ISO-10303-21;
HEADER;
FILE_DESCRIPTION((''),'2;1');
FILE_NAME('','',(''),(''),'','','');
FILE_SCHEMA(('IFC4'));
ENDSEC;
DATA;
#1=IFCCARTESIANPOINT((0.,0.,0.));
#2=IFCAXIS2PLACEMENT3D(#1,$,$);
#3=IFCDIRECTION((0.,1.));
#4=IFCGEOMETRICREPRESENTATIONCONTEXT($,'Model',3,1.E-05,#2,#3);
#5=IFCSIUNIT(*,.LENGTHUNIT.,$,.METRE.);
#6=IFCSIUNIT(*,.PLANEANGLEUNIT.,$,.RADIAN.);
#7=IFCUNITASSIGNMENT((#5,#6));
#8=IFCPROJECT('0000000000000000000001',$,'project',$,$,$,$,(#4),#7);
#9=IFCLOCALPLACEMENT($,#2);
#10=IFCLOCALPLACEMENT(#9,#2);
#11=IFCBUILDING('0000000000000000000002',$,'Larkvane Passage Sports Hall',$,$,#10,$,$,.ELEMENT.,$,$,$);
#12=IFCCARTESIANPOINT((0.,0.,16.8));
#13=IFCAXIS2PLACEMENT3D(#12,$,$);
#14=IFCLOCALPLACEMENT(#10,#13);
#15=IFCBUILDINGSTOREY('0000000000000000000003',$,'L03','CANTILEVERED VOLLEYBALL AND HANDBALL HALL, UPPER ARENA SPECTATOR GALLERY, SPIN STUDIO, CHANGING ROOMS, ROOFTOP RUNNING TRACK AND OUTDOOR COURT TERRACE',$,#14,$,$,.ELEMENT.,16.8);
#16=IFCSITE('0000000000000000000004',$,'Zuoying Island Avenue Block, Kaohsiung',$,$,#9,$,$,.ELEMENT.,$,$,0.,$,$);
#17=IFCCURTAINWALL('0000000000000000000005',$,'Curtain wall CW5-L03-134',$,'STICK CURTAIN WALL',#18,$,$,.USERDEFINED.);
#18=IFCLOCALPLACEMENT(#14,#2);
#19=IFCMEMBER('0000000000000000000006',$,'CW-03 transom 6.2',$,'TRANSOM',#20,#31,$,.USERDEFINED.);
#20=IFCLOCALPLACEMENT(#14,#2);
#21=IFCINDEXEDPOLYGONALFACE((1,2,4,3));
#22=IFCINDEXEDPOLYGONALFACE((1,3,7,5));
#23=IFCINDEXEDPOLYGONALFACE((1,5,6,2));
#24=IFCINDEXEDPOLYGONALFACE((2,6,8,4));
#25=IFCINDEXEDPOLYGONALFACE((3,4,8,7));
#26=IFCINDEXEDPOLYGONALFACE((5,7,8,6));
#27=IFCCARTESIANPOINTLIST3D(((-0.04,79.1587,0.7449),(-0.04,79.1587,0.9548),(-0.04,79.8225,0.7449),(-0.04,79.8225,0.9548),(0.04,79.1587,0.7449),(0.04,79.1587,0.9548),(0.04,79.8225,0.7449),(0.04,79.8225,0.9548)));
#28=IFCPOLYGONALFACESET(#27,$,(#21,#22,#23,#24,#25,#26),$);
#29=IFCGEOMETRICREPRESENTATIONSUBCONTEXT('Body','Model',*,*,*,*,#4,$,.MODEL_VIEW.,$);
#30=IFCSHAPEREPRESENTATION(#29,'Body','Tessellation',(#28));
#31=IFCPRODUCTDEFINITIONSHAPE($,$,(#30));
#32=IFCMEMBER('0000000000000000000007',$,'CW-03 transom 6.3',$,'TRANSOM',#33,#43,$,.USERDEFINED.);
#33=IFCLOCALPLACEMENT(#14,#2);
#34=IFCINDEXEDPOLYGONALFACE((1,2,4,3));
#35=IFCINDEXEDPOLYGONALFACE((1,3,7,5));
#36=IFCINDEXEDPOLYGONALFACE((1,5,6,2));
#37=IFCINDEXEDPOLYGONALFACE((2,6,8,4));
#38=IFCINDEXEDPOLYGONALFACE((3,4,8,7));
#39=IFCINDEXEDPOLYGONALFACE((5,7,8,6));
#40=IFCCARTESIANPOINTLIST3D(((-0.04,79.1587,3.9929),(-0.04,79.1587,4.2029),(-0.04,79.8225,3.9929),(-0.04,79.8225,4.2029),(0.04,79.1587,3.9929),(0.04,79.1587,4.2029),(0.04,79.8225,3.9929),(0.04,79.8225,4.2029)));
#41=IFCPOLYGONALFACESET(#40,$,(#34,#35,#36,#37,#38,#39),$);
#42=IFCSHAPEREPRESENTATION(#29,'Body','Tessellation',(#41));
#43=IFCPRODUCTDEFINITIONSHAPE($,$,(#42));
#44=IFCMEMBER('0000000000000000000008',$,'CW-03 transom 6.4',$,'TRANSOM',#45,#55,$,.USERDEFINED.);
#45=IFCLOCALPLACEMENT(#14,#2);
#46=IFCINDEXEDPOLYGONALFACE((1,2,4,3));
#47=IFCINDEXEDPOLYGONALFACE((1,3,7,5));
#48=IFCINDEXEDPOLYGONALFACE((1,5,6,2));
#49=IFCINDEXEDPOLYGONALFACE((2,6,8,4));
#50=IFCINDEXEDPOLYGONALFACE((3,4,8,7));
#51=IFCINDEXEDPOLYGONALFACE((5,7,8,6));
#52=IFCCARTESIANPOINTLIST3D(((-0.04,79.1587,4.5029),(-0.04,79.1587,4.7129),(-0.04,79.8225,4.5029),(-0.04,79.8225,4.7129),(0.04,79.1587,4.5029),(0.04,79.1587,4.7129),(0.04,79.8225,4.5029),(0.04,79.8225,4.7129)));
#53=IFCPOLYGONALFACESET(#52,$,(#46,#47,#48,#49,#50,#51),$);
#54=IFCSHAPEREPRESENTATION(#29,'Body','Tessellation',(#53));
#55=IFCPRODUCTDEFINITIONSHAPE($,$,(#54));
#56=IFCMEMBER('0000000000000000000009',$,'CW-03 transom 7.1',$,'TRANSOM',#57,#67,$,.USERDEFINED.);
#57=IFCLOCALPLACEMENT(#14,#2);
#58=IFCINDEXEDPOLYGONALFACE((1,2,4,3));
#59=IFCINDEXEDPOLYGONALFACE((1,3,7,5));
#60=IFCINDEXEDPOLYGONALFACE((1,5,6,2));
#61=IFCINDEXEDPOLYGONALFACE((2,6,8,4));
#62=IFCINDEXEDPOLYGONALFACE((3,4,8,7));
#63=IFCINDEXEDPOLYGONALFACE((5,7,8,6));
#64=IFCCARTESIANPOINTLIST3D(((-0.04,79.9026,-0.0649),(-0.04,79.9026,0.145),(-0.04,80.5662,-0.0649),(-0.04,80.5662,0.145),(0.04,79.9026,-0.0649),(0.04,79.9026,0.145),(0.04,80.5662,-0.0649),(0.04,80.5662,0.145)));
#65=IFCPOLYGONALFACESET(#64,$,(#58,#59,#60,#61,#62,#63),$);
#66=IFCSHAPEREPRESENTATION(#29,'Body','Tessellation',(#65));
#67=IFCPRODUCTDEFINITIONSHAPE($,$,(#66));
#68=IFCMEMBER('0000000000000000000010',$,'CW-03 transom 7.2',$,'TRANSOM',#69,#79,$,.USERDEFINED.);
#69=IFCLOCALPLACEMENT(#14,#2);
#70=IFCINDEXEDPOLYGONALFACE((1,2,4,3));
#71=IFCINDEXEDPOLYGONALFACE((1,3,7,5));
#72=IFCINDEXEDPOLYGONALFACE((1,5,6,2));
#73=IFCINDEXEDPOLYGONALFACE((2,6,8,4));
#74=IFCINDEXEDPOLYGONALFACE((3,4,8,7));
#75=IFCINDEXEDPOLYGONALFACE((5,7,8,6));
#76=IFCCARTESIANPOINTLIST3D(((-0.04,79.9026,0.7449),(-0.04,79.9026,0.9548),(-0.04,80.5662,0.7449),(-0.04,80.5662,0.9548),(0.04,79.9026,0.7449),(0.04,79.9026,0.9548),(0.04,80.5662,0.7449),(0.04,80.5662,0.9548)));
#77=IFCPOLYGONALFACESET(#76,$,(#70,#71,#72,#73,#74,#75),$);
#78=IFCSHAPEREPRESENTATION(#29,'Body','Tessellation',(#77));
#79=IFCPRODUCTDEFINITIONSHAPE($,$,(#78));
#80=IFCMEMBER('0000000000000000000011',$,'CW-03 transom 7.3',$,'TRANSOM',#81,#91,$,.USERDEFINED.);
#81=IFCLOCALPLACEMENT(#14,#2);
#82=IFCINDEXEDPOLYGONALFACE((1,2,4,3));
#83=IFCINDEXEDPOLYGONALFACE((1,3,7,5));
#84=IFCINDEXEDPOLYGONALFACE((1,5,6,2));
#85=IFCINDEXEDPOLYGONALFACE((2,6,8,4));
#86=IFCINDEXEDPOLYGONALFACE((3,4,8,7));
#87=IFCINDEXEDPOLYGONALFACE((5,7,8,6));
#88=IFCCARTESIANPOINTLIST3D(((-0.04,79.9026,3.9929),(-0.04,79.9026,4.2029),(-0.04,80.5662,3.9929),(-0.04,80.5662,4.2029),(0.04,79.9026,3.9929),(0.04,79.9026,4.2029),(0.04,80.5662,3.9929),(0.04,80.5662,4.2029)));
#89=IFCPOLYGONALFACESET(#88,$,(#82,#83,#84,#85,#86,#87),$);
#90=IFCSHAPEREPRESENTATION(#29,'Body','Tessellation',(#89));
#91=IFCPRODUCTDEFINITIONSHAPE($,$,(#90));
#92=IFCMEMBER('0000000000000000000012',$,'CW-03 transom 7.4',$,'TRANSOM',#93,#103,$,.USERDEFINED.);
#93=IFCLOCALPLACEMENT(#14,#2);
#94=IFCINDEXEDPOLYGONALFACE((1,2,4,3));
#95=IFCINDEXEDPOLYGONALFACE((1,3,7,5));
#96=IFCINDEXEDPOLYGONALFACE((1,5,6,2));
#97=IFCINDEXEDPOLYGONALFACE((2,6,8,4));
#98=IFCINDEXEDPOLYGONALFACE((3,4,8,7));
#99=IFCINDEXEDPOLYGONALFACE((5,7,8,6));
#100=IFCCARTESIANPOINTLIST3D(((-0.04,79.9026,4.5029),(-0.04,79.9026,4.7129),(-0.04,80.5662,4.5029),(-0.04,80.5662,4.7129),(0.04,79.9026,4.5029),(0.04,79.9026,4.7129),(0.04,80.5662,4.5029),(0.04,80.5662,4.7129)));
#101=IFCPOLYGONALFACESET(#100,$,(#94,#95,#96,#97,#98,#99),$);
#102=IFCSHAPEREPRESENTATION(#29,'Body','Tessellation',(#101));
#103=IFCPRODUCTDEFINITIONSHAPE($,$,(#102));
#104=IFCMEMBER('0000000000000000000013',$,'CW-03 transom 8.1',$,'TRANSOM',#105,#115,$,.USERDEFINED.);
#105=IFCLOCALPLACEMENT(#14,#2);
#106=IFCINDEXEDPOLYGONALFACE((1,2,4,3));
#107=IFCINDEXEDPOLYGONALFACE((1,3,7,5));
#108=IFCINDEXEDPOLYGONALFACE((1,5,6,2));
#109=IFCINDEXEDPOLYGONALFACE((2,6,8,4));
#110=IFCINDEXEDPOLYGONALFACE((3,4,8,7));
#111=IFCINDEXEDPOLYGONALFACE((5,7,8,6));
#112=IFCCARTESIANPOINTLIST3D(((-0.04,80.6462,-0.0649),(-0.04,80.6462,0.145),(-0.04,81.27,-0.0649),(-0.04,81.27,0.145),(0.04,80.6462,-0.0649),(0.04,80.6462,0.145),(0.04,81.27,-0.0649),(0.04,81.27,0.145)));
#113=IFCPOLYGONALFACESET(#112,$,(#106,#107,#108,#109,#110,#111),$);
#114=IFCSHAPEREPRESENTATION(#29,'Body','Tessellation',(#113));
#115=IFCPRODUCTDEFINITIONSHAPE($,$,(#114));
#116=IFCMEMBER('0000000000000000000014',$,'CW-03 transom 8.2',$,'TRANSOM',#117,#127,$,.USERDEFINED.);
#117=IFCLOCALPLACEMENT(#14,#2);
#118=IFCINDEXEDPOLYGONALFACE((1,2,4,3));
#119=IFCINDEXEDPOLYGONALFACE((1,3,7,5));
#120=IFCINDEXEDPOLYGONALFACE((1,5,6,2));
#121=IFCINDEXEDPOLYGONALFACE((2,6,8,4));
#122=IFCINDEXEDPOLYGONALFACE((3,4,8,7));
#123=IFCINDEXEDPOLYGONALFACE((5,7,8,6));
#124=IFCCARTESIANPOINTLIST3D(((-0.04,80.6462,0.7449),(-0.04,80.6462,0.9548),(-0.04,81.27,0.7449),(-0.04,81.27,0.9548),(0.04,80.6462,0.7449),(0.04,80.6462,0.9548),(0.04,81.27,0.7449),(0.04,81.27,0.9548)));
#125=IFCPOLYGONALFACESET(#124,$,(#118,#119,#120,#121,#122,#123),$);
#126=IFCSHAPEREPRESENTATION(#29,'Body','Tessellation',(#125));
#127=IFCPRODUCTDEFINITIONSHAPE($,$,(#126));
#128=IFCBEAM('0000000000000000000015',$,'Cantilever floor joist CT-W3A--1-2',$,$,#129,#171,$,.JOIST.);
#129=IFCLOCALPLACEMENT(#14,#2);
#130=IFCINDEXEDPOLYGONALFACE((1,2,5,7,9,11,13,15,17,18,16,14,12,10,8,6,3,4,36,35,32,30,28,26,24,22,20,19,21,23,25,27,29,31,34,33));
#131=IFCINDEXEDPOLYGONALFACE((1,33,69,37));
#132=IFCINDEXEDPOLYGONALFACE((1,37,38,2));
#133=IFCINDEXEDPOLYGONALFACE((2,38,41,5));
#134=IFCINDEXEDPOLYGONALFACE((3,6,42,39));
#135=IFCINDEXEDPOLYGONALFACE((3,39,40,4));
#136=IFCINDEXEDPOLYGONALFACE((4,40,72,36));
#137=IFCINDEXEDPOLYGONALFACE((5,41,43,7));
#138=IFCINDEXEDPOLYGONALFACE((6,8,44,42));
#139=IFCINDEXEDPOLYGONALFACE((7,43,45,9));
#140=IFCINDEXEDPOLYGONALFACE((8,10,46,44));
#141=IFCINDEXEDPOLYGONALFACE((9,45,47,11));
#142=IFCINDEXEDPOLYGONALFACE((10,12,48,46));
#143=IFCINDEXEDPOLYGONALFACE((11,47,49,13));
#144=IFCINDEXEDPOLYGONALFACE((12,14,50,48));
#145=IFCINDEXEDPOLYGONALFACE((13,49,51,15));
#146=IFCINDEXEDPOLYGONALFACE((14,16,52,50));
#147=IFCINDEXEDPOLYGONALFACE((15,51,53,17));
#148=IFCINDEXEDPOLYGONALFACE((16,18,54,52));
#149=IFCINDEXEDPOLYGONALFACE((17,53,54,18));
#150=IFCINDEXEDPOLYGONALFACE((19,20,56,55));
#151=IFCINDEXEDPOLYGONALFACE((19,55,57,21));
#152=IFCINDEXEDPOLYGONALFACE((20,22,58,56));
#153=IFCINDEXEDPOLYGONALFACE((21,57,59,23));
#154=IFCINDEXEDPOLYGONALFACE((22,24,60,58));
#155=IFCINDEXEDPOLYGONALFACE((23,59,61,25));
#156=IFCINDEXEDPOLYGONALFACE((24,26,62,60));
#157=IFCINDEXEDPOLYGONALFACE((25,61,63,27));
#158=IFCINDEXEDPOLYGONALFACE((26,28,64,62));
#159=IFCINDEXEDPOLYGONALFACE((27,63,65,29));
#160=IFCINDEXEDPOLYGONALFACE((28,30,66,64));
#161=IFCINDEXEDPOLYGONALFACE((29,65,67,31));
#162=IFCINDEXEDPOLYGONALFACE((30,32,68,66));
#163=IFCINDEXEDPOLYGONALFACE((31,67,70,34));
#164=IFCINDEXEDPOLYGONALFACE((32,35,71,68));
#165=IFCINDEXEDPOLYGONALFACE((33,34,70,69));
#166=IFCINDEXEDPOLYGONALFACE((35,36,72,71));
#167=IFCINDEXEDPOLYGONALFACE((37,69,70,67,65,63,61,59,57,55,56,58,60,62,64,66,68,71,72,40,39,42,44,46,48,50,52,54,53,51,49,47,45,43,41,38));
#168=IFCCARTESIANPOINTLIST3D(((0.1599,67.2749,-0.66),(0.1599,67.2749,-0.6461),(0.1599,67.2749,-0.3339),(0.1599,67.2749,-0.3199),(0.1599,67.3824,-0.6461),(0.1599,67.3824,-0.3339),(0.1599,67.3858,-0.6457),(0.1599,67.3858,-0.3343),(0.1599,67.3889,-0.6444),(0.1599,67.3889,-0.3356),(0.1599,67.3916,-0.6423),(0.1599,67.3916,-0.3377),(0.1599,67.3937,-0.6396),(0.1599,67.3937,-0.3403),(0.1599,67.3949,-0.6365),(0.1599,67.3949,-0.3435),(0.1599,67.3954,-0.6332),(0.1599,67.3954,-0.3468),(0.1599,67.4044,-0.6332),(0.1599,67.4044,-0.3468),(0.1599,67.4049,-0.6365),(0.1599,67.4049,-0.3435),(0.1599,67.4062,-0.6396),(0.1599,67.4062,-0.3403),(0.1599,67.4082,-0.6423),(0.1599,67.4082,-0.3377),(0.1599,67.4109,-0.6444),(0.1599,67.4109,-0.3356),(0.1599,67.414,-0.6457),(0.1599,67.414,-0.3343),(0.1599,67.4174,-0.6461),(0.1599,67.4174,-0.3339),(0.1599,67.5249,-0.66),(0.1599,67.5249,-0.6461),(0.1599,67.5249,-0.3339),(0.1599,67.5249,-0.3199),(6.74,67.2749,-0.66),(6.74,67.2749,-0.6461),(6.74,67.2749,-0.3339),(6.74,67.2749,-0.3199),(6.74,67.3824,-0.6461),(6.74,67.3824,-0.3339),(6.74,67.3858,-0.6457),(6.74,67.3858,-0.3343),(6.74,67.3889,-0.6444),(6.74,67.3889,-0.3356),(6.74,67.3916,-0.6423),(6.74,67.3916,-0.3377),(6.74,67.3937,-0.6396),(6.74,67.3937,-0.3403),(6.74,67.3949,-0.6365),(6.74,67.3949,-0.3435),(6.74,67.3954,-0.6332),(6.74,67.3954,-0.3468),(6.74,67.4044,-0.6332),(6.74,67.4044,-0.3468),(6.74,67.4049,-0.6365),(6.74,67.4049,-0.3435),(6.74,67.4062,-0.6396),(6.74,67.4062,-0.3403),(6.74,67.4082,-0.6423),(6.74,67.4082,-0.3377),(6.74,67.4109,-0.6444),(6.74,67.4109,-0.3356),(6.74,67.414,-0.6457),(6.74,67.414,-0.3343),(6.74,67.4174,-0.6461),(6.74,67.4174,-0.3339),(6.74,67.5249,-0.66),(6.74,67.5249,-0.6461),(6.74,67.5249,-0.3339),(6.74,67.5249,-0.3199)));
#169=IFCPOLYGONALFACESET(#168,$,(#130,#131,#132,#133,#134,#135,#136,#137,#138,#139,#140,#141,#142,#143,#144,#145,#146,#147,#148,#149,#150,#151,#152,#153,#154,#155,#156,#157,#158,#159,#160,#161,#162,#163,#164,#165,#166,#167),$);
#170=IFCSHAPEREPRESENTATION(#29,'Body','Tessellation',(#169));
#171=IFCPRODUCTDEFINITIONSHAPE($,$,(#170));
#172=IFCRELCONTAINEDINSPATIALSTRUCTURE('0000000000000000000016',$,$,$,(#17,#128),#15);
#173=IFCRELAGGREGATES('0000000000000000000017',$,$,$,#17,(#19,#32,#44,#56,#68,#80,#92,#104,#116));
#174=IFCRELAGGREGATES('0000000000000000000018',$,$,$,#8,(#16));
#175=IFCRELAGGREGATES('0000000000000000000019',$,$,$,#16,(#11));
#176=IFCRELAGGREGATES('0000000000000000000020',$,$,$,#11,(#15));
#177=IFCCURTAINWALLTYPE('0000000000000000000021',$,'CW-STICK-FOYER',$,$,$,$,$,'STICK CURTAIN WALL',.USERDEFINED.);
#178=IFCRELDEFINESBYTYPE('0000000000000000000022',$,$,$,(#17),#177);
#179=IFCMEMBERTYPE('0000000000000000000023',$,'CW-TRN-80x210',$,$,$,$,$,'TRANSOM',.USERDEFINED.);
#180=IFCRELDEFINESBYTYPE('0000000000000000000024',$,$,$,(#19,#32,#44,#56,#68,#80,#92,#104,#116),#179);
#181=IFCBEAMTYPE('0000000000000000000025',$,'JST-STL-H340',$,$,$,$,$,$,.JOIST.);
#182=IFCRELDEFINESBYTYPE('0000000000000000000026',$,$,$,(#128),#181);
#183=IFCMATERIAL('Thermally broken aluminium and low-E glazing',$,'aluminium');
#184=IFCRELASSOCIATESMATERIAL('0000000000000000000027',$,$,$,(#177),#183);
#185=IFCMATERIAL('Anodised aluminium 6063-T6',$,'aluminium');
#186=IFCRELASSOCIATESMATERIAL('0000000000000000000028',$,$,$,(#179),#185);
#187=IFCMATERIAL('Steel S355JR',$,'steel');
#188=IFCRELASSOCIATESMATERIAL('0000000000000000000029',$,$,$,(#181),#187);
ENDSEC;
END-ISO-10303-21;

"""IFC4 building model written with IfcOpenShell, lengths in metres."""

from ifc_helpers import new_model, si_unit, direction, frame, origin, origin_2d, place, context, subcontext, project, spatial, rectangle, i_section, extrude, material, material_profile, profile_set, type_object, element, aggregate, save


model = new_model("IFC4")

# Units and contexts
model_context = context("Model", 3, precision=1e-05, world=origin(), true_north=direction((0.0, 1.0)))
body_context = subcontext(model_context, "Body", "Model", "MODEL_VIEW")
ifc_project = project(units=[si_unit("LENGTHUNIT", "METRE"), si_unit("PLANEANGLEUNIT", "RADIAN")], contexts=[model_context])

# Site, building, storey
site_placement = place(None, origin())
site = spatial("IfcSite", under=ifc_project, at=site_placement, Name="Zuoying Island Avenue Block, Kaohsiung", CompositionType="ELEMENT", RefElevation=0.0)
building_placement = place(site_placement, origin())
building = spatial("IfcBuilding", under=site, at=building_placement, Name="Larkvane Passage Sports Hall", CompositionType="ELEMENT")
storey_placement = place(building_placement, frame((0.0, 0.0, 16.8)))
storey = spatial("IfcBuildingStorey", under=building, at=storey_placement, Name="L03", Description="CANTILEVERED VOLLEYBALL AND HANDBALL HALL, UPPER ARENA SPECTATOR GALLERY, SPIN STUDIO, CHANGING ROOMS, ROOFTOP RUNNING TRACK AND OUTDOOR COURT TERRACE", CompositionType="ELEMENT", Elevation=16.8)

# Curtain wall, members
ifc_material_1 = material(Name="Thermally broken aluminium and low-E glazing", Category="aluminium")
curtain_wall_type = type_object("IfcCurtainWallType", Name="CW-STICK-FOYER", ElementType="STICK CURTAIN WALL", PredefinedType="USERDEFINED", material=ifc_material_1)
curtain_wall_placement = place(storey_placement, origin())
curtain_wall = element("IfcCurtainWall", 1, at=curtain_wall_placement, inside=storey, type_object=curtain_wall_type, Name="Curtain wall CW5-L03-134", ObjectType="STICK CURTAIN WALL", PredefinedType="USERDEFINED")
ifc_material_2 = material(Name="Anodised aluminium 6063-T6", Category="aluminium")
ifc_material_profile_1 = material_profile(ifc_material_2, rectangle(XDim=0.0801, YDim=0.21, at=origin_2d()), Name="ALU-TRN-80x210")
ifc_profile_set_1 = profile_set([ifc_material_profile_1], Name="Anodised aluminium 6063-T6")
member_type_1 = type_object("IfcMemberType", Name="CW-TRN-80x210", ElementType="TRANSOM", PredefinedType="USERDEFINED", material=ifc_profile_set_1)
member_1_placement = place(storey_placement, frame((0.0, 79.1587, 0.8499), z_axis=(0.0, 1.0, 0.0), x_axis=(-1.0, 0.0, 0.0)))
member_1 = element("IfcMember", 2, at=member_1_placement, type_object=member_type_1, Name="CW-03 transom 6.2", ObjectType="TRANSOM", PredefinedType="USERDEFINED", context=body_context, shape_type="SweptSolid", body=[
    extrude(rectangle(XDim=0.0801, YDim=0.21, at=origin_2d()), origin(), (0.0, 0.0, 1.0), 0.6638),
])
member_2_placement = place(storey_placement, frame((0.0, 79.1587, 4.0979), z_axis=(0.0, 1.0, 0.0), x_axis=(-1.0, 0.0, 0.0)))
member_2 = element("IfcMember", 3, at=member_2_placement, type_object=member_type_1, Name="CW-03 transom 6.3", ObjectType="TRANSOM", PredefinedType="USERDEFINED", context=body_context, shape_type="SweptSolid", body=[
    extrude(rectangle(XDim=0.0801, YDim=0.21, at=origin_2d()), origin(), (0.0, 0.0, 1.0), 0.6638),
])
member_3_placement = place(storey_placement, frame((0.0, 79.1587, 4.6079), z_axis=(0.0, 1.0, 0.0), x_axis=(-1.0, 0.0, 0.0)))
member_3 = element("IfcMember", 4, at=member_3_placement, type_object=member_type_1, Name="CW-03 transom 6.4", ObjectType="TRANSOM", PredefinedType="USERDEFINED", context=body_context, shape_type="SweptSolid", body=[
    extrude(rectangle(XDim=0.0801, YDim=0.21, at=origin_2d()), origin(), (0.0, 0.0, 1.0), 0.6638),
])
member_4_placement = place(storey_placement, frame((0.0, 79.9026, 0.04), z_axis=(0.0, 1.0, 0.0), x_axis=(-1.0, 0.0, 0.0)))
member_4 = element("IfcMember", 5, at=member_4_placement, type_object=member_type_1, Name="CW-03 transom 7.1", ObjectType="TRANSOM", PredefinedType="USERDEFINED", context=body_context, shape_type="SweptSolid", body=[
    extrude(rectangle(XDim=0.0801, YDim=0.21, at=origin_2d()), origin(), (0.0, 0.0, 1.0), 0.6636),
])
member_5_placement = place(storey_placement, frame((0.0, 79.9026, 0.8499), z_axis=(0.0, 1.0, 0.0), x_axis=(-1.0, 0.0, 0.0)))
member_5 = element("IfcMember", 6, at=member_5_placement, type_object=member_type_1, Name="CW-03 transom 7.2", ObjectType="TRANSOM", PredefinedType="USERDEFINED", context=body_context, shape_type="SweptSolid", body=[
    extrude(rectangle(XDim=0.0801, YDim=0.21, at=origin_2d()), origin(), (0.0, 0.0, 1.0), 0.6636),
])
member_6_placement = place(storey_placement, frame((0.0, 79.9026, 4.0979), z_axis=(0.0, 1.0, 0.0), x_axis=(-1.0, 0.0, 0.0)))
member_6 = element("IfcMember", 7, at=member_6_placement, type_object=member_type_1, Name="CW-03 transom 7.3", ObjectType="TRANSOM", PredefinedType="USERDEFINED", context=body_context, shape_type="SweptSolid", body=[
    extrude(rectangle(XDim=0.0801, YDim=0.21, at=origin_2d()), origin(), (0.0, 0.0, 1.0), 0.6636),
])
member_7_placement = place(storey_placement, frame((0.0, 79.9026, 4.6079), z_axis=(0.0, 1.0, 0.0), x_axis=(-1.0, 0.0, 0.0)))
member_7 = element("IfcMember", 8, at=member_7_placement, type_object=member_type_1, Name="CW-03 transom 7.4", ObjectType="TRANSOM", PredefinedType="USERDEFINED", context=body_context, shape_type="SweptSolid", body=[
    extrude(rectangle(XDim=0.0801, YDim=0.21, at=origin_2d()), origin(), (0.0, 0.0, 1.0), 0.6636),
])
member_8_placement = place(storey_placement, frame((0.0, 80.6462, 0.04), z_axis=(0.0, 1.0, 0.0), x_axis=(-1.0, 0.0, 0.0)))
member_8 = element("IfcMember", 9, at=member_8_placement, type_object=member_type_1, Name="CW-03 transom 8.1", ObjectType="TRANSOM", PredefinedType="USERDEFINED", context=body_context, shape_type="SweptSolid", body=[
    extrude(rectangle(XDim=0.0801, YDim=0.21, at=origin_2d()), origin(), (0.0, 0.0, 1.0), 0.6238),
])
member_9_placement = place(storey_placement, frame((0.0, 80.6462, 0.8499), z_axis=(0.0, 1.0, 0.0), x_axis=(-1.0, 0.0, 0.0)))
member_9 = element("IfcMember", 10, at=member_9_placement, type_object=member_type_1, Name="CW-03 transom 8.2", ObjectType="TRANSOM", PredefinedType="USERDEFINED", context=body_context, shape_type="SweptSolid", body=[
    extrude(rectangle(XDim=0.0801, YDim=0.21, at=origin_2d()), origin(), (0.0, 0.0, 1.0), 0.6238),
])

# Beam
ifc_material_3 = material(Name="Steel S355JR", Category="steel")
ifc_material_profile_2 = material_profile(ifc_material_3, i_section(OverallWidth=0.25, OverallDepth=0.3401, WebThickness=0.009, FlangeThickness=0.0139, FilletRadius=0.0129, at=origin_2d()), Name="H-340x250x9x14")
ifc_profile_set_2 = profile_set([ifc_material_profile_2], Name="Steel S355JR")
beam_type_1 = type_object("IfcBeamType", Name="JST-STL-H340", PredefinedType="JOIST", material=ifc_profile_set_2)
beam_1_placement = place(storey_placement, frame((0.1599, 67.3999, -0.49), z_axis=(1.0, 0.0, 0.0), x_axis=(0.0, 1.0, 0.0)))
element("IfcBeam", 11, at=beam_1_placement, inside=storey, type_object=beam_type_1, Name="Cantilever floor joist CT-W3A--1-2", PredefinedType="JOIST", context=body_context, shape_type="SweptSolid", body=[
    extrude(i_section(OverallWidth=0.25, OverallDepth=0.3401, WebThickness=0.009, FlangeThickness=0.0139, FilletRadius=0.0129, at=origin_2d()), origin(), (0.0, 0.0, 1.0), 6.5801),
])

aggregate(curtain_wall, [member_1, member_2, member_3, member_4, member_5, member_6, member_7, member_8, member_9])

save(model, "model.ifc")
